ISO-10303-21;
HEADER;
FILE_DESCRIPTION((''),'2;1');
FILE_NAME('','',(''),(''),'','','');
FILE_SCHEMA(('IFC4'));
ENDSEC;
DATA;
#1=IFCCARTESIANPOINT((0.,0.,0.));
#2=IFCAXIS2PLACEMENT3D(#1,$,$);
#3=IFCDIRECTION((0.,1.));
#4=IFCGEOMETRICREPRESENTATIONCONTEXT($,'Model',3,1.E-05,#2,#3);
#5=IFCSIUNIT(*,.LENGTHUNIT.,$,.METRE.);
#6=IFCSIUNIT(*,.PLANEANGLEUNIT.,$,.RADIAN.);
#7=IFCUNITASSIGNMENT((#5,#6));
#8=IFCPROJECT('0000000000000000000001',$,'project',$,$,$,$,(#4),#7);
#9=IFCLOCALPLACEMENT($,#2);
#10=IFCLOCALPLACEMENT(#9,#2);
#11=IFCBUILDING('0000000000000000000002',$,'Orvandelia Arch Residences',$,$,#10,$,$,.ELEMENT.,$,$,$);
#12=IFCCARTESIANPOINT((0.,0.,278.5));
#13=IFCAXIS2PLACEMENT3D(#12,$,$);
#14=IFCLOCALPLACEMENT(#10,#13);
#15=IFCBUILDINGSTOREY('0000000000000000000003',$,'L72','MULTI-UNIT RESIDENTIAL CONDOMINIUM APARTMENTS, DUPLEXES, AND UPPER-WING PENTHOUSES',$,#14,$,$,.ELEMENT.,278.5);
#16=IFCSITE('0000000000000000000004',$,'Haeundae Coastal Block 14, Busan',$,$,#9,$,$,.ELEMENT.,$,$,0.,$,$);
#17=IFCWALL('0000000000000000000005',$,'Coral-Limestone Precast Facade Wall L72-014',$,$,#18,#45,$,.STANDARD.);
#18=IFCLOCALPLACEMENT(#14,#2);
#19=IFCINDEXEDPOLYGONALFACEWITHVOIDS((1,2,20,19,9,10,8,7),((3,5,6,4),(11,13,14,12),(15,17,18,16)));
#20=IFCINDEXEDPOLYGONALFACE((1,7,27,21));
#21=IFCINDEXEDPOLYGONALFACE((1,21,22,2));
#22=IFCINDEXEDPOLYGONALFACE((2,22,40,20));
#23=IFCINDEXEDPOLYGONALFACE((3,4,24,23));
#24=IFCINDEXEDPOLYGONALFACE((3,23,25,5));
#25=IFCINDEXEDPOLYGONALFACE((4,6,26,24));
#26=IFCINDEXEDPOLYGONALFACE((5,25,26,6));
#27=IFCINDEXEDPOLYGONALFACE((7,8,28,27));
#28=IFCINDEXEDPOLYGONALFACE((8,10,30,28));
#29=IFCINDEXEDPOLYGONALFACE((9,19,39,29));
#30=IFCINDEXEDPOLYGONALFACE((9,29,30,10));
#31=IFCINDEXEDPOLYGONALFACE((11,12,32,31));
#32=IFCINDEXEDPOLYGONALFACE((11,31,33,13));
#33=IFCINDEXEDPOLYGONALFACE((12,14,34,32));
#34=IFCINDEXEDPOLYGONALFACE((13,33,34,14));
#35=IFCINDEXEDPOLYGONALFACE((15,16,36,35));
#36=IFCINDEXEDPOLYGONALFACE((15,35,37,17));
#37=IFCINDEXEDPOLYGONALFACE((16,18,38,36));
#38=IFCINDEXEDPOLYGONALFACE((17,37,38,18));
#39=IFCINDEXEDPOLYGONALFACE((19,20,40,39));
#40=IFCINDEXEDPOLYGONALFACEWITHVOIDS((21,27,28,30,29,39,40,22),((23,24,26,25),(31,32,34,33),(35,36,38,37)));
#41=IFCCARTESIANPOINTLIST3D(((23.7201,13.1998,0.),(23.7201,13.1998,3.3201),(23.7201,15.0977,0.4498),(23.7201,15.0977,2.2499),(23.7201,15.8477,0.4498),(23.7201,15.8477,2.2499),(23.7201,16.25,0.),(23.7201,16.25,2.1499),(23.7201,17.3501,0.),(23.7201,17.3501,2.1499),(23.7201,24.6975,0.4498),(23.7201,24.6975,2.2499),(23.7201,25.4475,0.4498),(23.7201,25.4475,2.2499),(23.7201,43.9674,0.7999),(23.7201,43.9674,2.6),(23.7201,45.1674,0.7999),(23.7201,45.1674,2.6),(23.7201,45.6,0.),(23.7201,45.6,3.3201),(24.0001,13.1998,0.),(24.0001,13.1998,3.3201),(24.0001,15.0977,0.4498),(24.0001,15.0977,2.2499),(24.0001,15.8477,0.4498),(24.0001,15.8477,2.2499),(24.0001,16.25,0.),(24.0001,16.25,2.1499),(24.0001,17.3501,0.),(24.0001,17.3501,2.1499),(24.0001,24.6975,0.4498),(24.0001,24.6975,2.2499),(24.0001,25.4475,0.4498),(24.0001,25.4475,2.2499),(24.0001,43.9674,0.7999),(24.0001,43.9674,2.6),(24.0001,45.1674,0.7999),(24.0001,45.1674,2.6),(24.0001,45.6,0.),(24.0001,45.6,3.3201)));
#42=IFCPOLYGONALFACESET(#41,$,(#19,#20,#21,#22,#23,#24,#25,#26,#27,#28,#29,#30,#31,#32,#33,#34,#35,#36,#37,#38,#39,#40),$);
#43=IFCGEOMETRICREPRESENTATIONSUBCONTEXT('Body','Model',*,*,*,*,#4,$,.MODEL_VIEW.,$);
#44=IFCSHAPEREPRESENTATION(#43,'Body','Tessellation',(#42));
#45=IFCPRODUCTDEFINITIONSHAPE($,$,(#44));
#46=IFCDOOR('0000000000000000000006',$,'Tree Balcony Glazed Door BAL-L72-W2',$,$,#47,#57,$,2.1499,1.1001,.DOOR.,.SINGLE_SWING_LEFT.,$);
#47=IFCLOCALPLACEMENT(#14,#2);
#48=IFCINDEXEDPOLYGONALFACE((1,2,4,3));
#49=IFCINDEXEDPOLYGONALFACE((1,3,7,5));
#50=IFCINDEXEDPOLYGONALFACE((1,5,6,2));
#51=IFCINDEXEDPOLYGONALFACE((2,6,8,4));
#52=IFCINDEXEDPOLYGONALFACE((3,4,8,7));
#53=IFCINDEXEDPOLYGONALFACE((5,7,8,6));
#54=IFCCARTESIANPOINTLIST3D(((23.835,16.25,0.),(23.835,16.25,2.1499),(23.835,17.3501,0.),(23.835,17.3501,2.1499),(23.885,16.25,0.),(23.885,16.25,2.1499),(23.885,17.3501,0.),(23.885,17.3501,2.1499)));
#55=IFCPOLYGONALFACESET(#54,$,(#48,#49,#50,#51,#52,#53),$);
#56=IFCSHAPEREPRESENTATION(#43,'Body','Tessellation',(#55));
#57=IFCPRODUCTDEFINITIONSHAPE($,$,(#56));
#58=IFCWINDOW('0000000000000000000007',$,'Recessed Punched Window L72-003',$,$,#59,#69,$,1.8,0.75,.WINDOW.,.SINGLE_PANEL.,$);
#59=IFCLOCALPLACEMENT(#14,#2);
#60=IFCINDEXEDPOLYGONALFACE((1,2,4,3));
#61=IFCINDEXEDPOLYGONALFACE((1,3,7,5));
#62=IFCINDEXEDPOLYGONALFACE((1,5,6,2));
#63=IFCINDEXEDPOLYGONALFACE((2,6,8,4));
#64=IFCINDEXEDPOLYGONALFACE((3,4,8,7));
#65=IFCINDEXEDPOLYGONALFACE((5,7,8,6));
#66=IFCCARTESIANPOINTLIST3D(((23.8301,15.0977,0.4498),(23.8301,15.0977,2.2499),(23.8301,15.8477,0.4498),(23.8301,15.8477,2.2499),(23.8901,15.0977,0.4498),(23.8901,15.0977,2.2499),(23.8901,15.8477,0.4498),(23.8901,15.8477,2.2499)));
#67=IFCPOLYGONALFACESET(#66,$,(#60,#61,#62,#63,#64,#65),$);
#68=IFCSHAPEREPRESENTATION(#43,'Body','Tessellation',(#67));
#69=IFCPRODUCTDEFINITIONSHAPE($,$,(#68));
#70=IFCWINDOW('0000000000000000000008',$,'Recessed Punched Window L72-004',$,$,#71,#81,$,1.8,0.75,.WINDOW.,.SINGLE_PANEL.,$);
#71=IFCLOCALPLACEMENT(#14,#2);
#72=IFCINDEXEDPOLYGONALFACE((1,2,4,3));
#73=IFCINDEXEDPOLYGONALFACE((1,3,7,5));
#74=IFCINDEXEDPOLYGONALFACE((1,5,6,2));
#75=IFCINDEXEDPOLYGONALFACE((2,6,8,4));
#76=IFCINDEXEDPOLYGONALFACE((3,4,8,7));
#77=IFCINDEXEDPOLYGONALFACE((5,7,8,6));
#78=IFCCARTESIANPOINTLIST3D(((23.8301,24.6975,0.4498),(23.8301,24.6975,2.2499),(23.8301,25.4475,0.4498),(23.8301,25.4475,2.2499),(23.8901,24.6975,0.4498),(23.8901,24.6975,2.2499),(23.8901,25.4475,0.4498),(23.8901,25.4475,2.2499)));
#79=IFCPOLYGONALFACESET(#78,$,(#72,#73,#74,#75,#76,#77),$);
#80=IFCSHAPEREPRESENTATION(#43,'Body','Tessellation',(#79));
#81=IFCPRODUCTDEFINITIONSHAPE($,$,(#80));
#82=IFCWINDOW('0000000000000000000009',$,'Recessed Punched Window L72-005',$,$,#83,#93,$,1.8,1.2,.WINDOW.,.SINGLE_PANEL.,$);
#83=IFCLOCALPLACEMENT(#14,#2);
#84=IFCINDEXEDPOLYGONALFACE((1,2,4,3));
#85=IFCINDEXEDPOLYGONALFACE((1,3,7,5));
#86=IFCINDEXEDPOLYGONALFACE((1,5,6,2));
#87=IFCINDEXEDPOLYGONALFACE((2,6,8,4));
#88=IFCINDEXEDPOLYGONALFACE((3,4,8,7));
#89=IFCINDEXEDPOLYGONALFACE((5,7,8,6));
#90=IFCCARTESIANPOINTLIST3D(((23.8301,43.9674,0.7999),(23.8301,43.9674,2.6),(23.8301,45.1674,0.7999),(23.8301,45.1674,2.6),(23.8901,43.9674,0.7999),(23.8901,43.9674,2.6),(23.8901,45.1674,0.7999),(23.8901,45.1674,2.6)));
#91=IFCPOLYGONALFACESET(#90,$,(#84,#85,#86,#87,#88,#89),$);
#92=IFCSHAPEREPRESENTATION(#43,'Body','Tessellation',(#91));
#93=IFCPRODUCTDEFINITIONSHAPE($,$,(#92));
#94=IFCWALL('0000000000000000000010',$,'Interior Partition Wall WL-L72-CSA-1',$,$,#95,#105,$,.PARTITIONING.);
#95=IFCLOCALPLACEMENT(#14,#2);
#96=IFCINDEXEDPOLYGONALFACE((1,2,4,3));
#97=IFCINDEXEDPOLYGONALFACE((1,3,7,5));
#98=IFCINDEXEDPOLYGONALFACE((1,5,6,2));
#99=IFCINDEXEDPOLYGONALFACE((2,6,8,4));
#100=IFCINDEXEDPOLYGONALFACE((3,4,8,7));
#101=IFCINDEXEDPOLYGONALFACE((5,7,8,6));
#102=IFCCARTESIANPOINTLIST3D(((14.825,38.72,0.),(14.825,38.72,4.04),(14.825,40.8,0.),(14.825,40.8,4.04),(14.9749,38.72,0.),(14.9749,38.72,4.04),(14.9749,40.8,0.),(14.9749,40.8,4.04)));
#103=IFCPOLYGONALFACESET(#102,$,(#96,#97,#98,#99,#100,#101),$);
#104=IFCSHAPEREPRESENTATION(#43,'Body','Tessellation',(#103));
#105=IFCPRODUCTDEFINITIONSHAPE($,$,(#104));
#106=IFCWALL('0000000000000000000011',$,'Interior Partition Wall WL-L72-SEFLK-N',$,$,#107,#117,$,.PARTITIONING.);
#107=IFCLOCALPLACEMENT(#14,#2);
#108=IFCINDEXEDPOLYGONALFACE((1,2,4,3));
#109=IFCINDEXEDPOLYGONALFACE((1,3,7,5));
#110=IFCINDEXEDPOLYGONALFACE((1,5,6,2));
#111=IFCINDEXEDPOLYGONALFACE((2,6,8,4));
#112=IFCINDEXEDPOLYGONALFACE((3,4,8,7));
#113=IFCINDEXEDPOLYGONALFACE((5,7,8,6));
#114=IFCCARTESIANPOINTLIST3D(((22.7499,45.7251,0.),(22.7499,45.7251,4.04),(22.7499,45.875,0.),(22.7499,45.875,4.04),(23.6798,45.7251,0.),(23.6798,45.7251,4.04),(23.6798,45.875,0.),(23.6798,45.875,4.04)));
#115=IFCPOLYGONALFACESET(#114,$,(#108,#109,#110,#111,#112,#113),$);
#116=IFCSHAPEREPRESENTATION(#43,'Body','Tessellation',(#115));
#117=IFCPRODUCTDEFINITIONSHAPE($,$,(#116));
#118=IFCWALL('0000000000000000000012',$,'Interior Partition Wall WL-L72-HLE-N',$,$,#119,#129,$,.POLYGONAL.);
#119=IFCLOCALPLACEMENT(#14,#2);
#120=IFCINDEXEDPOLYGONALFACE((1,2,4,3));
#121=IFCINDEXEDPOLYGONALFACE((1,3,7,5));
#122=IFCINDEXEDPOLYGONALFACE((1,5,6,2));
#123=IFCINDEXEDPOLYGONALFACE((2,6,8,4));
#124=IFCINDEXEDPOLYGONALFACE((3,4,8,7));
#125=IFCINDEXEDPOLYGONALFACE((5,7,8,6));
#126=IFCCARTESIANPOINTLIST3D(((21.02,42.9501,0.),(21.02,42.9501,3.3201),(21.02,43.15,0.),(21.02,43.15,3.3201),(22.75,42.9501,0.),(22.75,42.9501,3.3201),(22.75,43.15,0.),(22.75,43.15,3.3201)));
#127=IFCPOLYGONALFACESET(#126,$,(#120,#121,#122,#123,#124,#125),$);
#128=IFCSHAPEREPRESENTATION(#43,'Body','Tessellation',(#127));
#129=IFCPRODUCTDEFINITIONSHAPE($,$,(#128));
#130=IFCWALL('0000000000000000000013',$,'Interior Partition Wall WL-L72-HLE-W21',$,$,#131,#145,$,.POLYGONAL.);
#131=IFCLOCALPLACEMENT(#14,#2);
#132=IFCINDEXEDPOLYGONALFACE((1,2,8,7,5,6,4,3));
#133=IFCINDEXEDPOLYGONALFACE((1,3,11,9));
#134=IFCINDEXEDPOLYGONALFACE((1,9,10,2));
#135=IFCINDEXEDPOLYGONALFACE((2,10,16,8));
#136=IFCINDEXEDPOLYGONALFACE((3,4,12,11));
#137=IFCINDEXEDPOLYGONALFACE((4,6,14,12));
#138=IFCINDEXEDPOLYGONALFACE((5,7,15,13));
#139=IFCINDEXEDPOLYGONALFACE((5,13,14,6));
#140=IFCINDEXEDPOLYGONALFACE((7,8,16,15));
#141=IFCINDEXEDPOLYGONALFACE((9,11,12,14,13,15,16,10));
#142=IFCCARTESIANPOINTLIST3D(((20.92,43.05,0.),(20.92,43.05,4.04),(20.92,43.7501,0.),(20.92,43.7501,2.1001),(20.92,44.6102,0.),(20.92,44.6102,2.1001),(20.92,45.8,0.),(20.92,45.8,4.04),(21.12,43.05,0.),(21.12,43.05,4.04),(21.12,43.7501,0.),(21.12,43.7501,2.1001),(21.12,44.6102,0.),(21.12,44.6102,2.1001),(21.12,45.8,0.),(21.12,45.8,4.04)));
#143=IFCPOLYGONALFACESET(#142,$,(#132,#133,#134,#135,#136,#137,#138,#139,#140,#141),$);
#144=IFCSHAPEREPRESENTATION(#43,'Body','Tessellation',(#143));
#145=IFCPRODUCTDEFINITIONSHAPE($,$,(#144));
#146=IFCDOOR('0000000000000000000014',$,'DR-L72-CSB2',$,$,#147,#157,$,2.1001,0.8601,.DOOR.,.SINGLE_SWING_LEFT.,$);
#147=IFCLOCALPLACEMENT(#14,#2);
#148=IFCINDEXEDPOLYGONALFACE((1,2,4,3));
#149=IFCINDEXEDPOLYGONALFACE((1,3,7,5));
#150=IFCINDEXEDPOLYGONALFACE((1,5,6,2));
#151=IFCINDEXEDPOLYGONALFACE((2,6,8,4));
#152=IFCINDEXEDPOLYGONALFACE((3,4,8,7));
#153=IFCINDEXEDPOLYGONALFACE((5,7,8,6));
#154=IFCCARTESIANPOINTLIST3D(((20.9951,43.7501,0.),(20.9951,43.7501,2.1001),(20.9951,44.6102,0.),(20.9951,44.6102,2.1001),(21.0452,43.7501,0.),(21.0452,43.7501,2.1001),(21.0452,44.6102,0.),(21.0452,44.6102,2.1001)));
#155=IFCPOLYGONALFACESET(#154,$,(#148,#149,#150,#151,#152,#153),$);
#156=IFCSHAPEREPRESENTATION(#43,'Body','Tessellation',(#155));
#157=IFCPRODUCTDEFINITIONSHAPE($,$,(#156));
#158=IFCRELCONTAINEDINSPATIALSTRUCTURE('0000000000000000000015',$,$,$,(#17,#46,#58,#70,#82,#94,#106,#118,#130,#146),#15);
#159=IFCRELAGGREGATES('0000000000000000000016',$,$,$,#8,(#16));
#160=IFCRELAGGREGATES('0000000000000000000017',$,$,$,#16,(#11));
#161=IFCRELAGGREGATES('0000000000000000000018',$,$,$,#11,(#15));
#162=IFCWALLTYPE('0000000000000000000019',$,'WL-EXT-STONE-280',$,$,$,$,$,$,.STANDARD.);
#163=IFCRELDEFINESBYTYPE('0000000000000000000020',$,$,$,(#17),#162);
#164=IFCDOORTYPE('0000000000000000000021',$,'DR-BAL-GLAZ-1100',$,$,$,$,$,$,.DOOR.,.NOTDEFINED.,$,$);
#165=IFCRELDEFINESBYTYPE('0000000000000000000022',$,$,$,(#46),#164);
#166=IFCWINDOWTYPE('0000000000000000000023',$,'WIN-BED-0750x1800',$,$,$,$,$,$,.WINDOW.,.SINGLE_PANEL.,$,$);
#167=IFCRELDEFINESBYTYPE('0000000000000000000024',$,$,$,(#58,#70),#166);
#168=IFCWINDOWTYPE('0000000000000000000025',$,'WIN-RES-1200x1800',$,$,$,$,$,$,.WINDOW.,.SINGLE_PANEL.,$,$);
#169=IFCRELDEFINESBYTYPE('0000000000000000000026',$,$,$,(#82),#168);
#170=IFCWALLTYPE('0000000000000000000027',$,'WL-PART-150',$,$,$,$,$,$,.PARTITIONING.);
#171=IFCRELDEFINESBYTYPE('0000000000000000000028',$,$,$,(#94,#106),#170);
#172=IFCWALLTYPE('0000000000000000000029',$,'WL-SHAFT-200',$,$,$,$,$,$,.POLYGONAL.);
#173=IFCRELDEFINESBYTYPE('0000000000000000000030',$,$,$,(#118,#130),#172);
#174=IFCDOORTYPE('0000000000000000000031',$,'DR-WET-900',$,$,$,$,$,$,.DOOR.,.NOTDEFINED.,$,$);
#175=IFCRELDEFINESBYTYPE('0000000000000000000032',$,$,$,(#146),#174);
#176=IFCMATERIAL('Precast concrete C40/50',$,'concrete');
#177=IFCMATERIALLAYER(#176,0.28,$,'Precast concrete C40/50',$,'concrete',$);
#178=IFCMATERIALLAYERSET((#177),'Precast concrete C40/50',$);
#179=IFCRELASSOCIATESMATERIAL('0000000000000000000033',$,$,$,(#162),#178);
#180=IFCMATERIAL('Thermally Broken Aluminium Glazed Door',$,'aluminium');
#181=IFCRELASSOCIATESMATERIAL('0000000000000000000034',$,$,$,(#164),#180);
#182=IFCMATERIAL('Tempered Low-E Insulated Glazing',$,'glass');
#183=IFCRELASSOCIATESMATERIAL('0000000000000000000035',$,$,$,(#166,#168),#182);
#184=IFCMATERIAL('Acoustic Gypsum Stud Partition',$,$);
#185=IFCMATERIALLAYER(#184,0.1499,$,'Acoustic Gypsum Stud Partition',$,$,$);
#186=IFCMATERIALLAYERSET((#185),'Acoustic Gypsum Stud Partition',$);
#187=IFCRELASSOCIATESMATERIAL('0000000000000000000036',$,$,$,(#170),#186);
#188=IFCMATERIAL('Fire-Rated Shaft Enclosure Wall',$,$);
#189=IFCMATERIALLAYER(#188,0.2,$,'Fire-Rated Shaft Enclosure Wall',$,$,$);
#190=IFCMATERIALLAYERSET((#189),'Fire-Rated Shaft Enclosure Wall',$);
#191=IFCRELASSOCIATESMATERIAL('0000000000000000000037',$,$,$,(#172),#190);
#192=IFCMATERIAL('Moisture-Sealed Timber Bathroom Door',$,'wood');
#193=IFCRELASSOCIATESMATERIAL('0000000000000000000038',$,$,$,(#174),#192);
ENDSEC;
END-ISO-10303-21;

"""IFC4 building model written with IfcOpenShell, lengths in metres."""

from ifc_helpers import new_model, si_unit, direction, frame, frame_2d, origin, place, context, subcontext, project, spatial, rectangle, extrude, material, layer, layer_set, type_object, element, fill, save


model = new_model("IFC4")

# Units and contexts
model_context = context("Model", 3, precision=1e-05, world=origin(), true_north=direction((0.0, 1.0)))
body_context = subcontext(model_context, "Body", "Model", "MODEL_VIEW")
ifc_project = project(units=[si_unit("LENGTHUNIT", "METRE"), si_unit("PLANEANGLEUNIT", "RADIAN")], contexts=[model_context])

# Site, building, storey
site_placement = place(None, origin())
site = spatial("IfcSite", under=ifc_project, at=site_placement, Name="Haeundae Coastal Block 14, Busan", CompositionType="ELEMENT", RefElevation=0.0)
building_placement = place(site_placement, origin())
building = spatial("IfcBuilding", under=site, at=building_placement, Name="Orvandelia Arch Residences", CompositionType="ELEMENT")
storey_placement = place(building_placement, frame((0.0, 0.0, 278.5)))
storey = spatial("IfcBuildingStorey", under=building, at=storey_placement, Name="L72", Description="MULTI-UNIT RESIDENTIAL CONDOMINIUM APARTMENTS, DUPLEXES, AND UPPER-WING PENTHOUSES", CompositionType="ELEMENT", Elevation=278.5)

# Shared definitions
ifc_material_1 = material(Name="Precast concrete C40/50", Category="concrete")
ifc_layer_1 = layer(ifc_material_1, 0.28, Name="Precast concrete C40/50", Category="concrete")
ifc_layer_set_1 = layer_set([ifc_layer_1], Name="Precast concrete C40/50")
wall_type_1 = type_object("IfcWallType", Name="WL-EXT-STONE-280", PredefinedType="STANDARD", material=ifc_layer_set_1)

# Wall, openings, door, windows
wall_1_placement = place(storey_placement, frame((23.8601, 45.6001, 0.0), z_axis=(0.0, 0.0, 1.0), x_axis=(0.0, -1.0, 0.0)))
wall_1 = element("IfcWall", 1, at=wall_1_placement, inside=storey, type_object=wall_type_1, Name="Coral-Limestone Precast Facade Wall L72-014", PredefinedType="STANDARD", context=body_context, shape_type="SweptSolid", body=[
    extrude(rectangle(XDim=32.4001, YDim=0.28, at=frame_2d((16.2002, 0.0))), origin(), (0.0, 0.0, 1.0), 3.3201),
])
opening_1_placement = place(wall_1_placement, frame((28.25, 0.0, 0.0)))
opening_1 = element("IfcOpeningElement", 2, at=opening_1_placement, cuts=wall_1, PredefinedType="OPENING", context=body_context, shape_type="SweptSolid", body=[
    extrude(rectangle(XDim=1.1001, YDim=2.1499, at=frame_2d((0.55, 1.075))), frame((0.0, 0.1499, 0.0), z_axis=(0.0, -1.0, 0.0), x_axis=(1.0, 0.0, 0.0)), (0.0, 0.0, 1.0), 0.3),
])
opening_2_placement = place(wall_1_placement, frame((29.7524, 0.0, 0.45)))
opening_2 = element("IfcOpeningElement", 3, at=opening_2_placement, cuts=wall_1, PredefinedType="OPENING", context=body_context, shape_type="SweptSolid", body=[
    extrude(rectangle(XDim=0.75, YDim=1.8, at=frame_2d((0.375, 0.8999))), frame((0.0, 0.1499, 0.0), z_axis=(0.0, -1.0, 0.0), x_axis=(1.0, 0.0, 0.0)), (0.0, 0.0, 1.0), 0.3),
])
opening_3_placement = place(wall_1_placement, frame((20.1526, 0.0, 0.45)))
opening_3 = element("IfcOpeningElement", 4, at=opening_3_placement, cuts=wall_1, PredefinedType="OPENING", context=body_context, shape_type="SweptSolid", body=[
    extrude(rectangle(XDim=0.75, YDim=1.8, at=frame_2d((0.375, 0.8999))), frame((0.0, 0.1499, 0.0), z_axis=(0.0, -1.0, 0.0), x_axis=(1.0, 0.0, 0.0)), (0.0, 0.0, 1.0), 0.3),
])
opening_4_placement = place(wall_1_placement, frame((0.4326, 0.0, 0.8)))
opening_4 = element("IfcOpeningElement", 5, at=opening_4_placement, cuts=wall_1, PredefinedType="OPENING", context=body_context, shape_type="SweptSolid", body=[
    extrude(rectangle(XDim=1.2, YDim=1.8, at=frame_2d((0.6001, 0.8999))), frame((0.0, 0.1499, 0.0), z_axis=(0.0, -1.0, 0.0), x_axis=(1.0, 0.0, 0.0)), (0.0, 0.0, 1.0), 0.3),
])
ifc_material_2 = material(Name="Thermally Broken Aluminium Glazed Door", Category="aluminium")
door_type_1 = type_object("IfcDoorType", Name="DR-BAL-GLAZ-1100", OperationType="NOTDEFINED", PredefinedType="DOOR", material=ifc_material_2)
door_1_placement = place(opening_1_placement, origin())
door_1 = element("IfcDoor", 6, at=door_1_placement, inside=storey, type_object=door_type_1, Name="Tree Balcony Glazed Door BAL-L72-W2", OperationType="SINGLE_SWING_LEFT", OverallHeight=2.1499, OverallWidth=1.1001, PredefinedType="DOOR", context=body_context, shape_type="SweptSolid", body=[
    extrude(rectangle(XDim=1.1001, YDim=2.1499, at=frame_2d((0.55, 1.075))), frame((0.0, 0.0249, 0.0), z_axis=(0.0, -1.0, 0.0), x_axis=(1.0, 0.0, 0.0)), (0.0, 0.0, 1.0), 0.05),
])
fill(opening_1, door_1)
ifc_material_3 = material(Name="Tempered Low-E Insulated Glazing", Category="glass")
window_type_1 = type_object("IfcWindowType", Name="WIN-BED-0750x1800", PartitioningType="SINGLE_PANEL", PredefinedType="WINDOW", material=ifc_material_3)
window_1_placement = place(opening_2_placement, origin())
window_1 = element("IfcWindow", 7, at=window_1_placement, inside=storey, type_object=window_type_1, Name="Recessed Punched Window L72-003", OverallHeight=1.8, OverallWidth=0.75, PartitioningType="SINGLE_PANEL", PredefinedType="WINDOW", context=body_context, shape_type="SweptSolid", body=[
    extrude(rectangle(XDim=0.75, YDim=1.8, at=frame_2d((0.375, 0.8999))), frame((0.0, 0.03, 0.0), z_axis=(0.0, -1.0, 0.0), x_axis=(1.0, 0.0, 0.0)), (0.0, 0.0, 1.0), 0.0601),
])
fill(opening_2, window_1)
window_2_placement = place(opening_3_placement, origin())
window_2 = element("IfcWindow", 8, at=window_2_placement, inside=storey, type_object=window_type_1, Name="Recessed Punched Window L72-004", OverallHeight=1.8, OverallWidth=0.75, PartitioningType="SINGLE_PANEL", PredefinedType="WINDOW", context=body_context, shape_type="SweptSolid", body=[
    extrude(rectangle(XDim=0.75, YDim=1.8, at=frame_2d((0.375, 0.8999))), frame((0.0, 0.03, 0.0), z_axis=(0.0, -1.0, 0.0), x_axis=(1.0, 0.0, 0.0)), (0.0, 0.0, 1.0), 0.0601),
])
fill(opening_3, window_2)
window_type_2 = type_object("IfcWindowType", Name="WIN-RES-1200x1800", PartitioningType="SINGLE_PANEL", PredefinedType="WINDOW", material=ifc_material_3)
window_3_placement = place(opening_4_placement, origin())
window_3 = element("IfcWindow", 9, at=window_3_placement, inside=storey, type_object=window_type_2, Name="Recessed Punched Window L72-005", OverallHeight=1.8, OverallWidth=1.2, PartitioningType="SINGLE_PANEL", PredefinedType="WINDOW", context=body_context, shape_type="SweptSolid", body=[
    extrude(rectangle(XDim=1.2, YDim=1.8, at=frame_2d((0.6001, 0.8999))), frame((0.0, 0.03, 0.0), z_axis=(0.0, -1.0, 0.0), x_axis=(1.0, 0.0, 0.0)), (0.0, 0.0, 1.0), 0.0601),
])
fill(opening_4, window_3)

# Walls
ifc_material_4 = material(Name="Acoustic Gypsum Stud Partition")
ifc_layer_2 = layer(ifc_material_4, 0.1499, Name="Acoustic Gypsum Stud Partition")
ifc_layer_set_2 = layer_set([ifc_layer_2], Name="Acoustic Gypsum Stud Partition")
wall_type_2 = type_object("IfcWallType", Name="WL-PART-150", PredefinedType="PARTITIONING", material=ifc_layer_set_2)
wall_2_placement = place(storey_placement, frame((14.8999, 38.72, 0.0), z_axis=(0.0, 0.0, 1.0), x_axis=(0.0, 1.0, 0.0)))
element("IfcWall", 10, at=wall_2_placement, inside=storey, type_object=wall_type_2, Name="Interior Partition Wall WL-L72-CSA-1", PredefinedType="PARTITIONING", context=body_context, shape_type="SweptSolid", body=[
    extrude(rectangle(XDim=2.0801, YDim=0.1499, at=frame_2d((1.04, 0.0))), origin(), (0.0, 0.0, 1.0), 4.04),
])
wall_3_placement = place(storey_placement, frame((22.75, 45.8, 0.0), z_axis=(0.0, 0.0, 1.0), x_axis=(1.0, 0.0, 0.0)))
element("IfcWall", 11, at=wall_3_placement, inside=storey, type_object=wall_type_2, Name="Interior Partition Wall WL-L72-SEFLK-N", PredefinedType="PARTITIONING", context=body_context, shape_type="SweptSolid", body=[
    extrude(rectangle(XDim=0.9299, YDim=0.1499, at=frame_2d((0.4648, 0.0))), origin(), (0.0, 0.0, 1.0), 4.04),
])
ifc_material_5 = material(Name="Fire-Rated Shaft Enclosure Wall")
ifc_layer_3 = layer(ifc_material_5, 0.2, Name="Fire-Rated Shaft Enclosure Wall")
ifc_layer_set_3 = layer_set([ifc_layer_3], Name="Fire-Rated Shaft Enclosure Wall")
wall_type_3 = type_object("IfcWallType", Name="WL-SHAFT-200", PredefinedType="POLYGONAL", material=ifc_layer_set_3)
wall_4_placement = place(storey_placement, frame((21.02, 43.05, 0.0), z_axis=(0.0, 0.0, 1.0), x_axis=(1.0, 0.0, 0.0)))
element("IfcWall", 12, at=wall_4_placement, inside=storey, type_object=wall_type_3, Name="Interior Partition Wall WL-L72-HLE-N", PredefinedType="POLYGONAL", context=body_context, shape_type="SweptSolid", body=[
    extrude(rectangle(XDim=1.73, YDim=0.2, at=frame_2d((0.865, 0.0))), origin(), (0.0, 0.0, 1.0), 3.3201),
])

# Wall, opening, door
wall_5_placement = place(storey_placement, frame((21.02, 43.05, 0.0), z_axis=(0.0, 0.0, 1.0), x_axis=(0.0, 1.0, 0.0)))
wall_5 = element("IfcWall", 13, at=wall_5_placement, inside=storey, type_object=wall_type_3, Name="Interior Partition Wall WL-L72-HLE-W21", PredefinedType="POLYGONAL", context=body_context, shape_type="SweptSolid", body=[
    extrude(rectangle(XDim=2.75, YDim=0.2, at=frame_2d((1.375, 0.0))), origin(), (0.0, 0.0, 1.0), 4.04),
])
opening_5_placement = place(wall_5_placement, frame((0.7, 0.0, 0.0)))
opening_5 = element("IfcOpeningElement", 14, at=opening_5_placement, cuts=wall_5, PredefinedType="OPENING", context=body_context, shape_type="SweptSolid", body=[
    extrude(rectangle(XDim=0.8601, YDim=2.1001, at=frame_2d((0.4302, 1.05))), frame((0.0, 0.1099, 0.0), z_axis=(0.0, -1.0, 0.0), x_axis=(1.0, 0.0, 0.0)), (0.0, 0.0, 1.0), 0.22),
])
ifc_material_6 = material(Name="Moisture-Sealed Timber Bathroom Door", Category="wood")
door_type_2 = type_object("IfcDoorType", Name="DR-WET-900", OperationType="NOTDEFINED", PredefinedType="DOOR", material=ifc_material_6)
door_2_placement = place(opening_5_placement, origin())
door_2 = element("IfcDoor", 15, at=door_2_placement, inside=storey, type_object=door_type_2, Name="DR-L72-CSB2", OperationType="SINGLE_SWING_LEFT", OverallHeight=2.1001, OverallWidth=0.8601, PredefinedType="DOOR", context=body_context, shape_type="SweptSolid", body=[
    extrude(rectangle(XDim=0.8601, YDim=2.1001, at=frame_2d((0.4302, 1.05))), frame((0.0, 0.0249, 0.0), z_axis=(0.0, -1.0, 0.0), x_axis=(1.0, 0.0, 0.0)), (0.0, 0.0, 1.0), 0.05),
])
fill(opening_5, door_2)

save(model, "model.ifc")
